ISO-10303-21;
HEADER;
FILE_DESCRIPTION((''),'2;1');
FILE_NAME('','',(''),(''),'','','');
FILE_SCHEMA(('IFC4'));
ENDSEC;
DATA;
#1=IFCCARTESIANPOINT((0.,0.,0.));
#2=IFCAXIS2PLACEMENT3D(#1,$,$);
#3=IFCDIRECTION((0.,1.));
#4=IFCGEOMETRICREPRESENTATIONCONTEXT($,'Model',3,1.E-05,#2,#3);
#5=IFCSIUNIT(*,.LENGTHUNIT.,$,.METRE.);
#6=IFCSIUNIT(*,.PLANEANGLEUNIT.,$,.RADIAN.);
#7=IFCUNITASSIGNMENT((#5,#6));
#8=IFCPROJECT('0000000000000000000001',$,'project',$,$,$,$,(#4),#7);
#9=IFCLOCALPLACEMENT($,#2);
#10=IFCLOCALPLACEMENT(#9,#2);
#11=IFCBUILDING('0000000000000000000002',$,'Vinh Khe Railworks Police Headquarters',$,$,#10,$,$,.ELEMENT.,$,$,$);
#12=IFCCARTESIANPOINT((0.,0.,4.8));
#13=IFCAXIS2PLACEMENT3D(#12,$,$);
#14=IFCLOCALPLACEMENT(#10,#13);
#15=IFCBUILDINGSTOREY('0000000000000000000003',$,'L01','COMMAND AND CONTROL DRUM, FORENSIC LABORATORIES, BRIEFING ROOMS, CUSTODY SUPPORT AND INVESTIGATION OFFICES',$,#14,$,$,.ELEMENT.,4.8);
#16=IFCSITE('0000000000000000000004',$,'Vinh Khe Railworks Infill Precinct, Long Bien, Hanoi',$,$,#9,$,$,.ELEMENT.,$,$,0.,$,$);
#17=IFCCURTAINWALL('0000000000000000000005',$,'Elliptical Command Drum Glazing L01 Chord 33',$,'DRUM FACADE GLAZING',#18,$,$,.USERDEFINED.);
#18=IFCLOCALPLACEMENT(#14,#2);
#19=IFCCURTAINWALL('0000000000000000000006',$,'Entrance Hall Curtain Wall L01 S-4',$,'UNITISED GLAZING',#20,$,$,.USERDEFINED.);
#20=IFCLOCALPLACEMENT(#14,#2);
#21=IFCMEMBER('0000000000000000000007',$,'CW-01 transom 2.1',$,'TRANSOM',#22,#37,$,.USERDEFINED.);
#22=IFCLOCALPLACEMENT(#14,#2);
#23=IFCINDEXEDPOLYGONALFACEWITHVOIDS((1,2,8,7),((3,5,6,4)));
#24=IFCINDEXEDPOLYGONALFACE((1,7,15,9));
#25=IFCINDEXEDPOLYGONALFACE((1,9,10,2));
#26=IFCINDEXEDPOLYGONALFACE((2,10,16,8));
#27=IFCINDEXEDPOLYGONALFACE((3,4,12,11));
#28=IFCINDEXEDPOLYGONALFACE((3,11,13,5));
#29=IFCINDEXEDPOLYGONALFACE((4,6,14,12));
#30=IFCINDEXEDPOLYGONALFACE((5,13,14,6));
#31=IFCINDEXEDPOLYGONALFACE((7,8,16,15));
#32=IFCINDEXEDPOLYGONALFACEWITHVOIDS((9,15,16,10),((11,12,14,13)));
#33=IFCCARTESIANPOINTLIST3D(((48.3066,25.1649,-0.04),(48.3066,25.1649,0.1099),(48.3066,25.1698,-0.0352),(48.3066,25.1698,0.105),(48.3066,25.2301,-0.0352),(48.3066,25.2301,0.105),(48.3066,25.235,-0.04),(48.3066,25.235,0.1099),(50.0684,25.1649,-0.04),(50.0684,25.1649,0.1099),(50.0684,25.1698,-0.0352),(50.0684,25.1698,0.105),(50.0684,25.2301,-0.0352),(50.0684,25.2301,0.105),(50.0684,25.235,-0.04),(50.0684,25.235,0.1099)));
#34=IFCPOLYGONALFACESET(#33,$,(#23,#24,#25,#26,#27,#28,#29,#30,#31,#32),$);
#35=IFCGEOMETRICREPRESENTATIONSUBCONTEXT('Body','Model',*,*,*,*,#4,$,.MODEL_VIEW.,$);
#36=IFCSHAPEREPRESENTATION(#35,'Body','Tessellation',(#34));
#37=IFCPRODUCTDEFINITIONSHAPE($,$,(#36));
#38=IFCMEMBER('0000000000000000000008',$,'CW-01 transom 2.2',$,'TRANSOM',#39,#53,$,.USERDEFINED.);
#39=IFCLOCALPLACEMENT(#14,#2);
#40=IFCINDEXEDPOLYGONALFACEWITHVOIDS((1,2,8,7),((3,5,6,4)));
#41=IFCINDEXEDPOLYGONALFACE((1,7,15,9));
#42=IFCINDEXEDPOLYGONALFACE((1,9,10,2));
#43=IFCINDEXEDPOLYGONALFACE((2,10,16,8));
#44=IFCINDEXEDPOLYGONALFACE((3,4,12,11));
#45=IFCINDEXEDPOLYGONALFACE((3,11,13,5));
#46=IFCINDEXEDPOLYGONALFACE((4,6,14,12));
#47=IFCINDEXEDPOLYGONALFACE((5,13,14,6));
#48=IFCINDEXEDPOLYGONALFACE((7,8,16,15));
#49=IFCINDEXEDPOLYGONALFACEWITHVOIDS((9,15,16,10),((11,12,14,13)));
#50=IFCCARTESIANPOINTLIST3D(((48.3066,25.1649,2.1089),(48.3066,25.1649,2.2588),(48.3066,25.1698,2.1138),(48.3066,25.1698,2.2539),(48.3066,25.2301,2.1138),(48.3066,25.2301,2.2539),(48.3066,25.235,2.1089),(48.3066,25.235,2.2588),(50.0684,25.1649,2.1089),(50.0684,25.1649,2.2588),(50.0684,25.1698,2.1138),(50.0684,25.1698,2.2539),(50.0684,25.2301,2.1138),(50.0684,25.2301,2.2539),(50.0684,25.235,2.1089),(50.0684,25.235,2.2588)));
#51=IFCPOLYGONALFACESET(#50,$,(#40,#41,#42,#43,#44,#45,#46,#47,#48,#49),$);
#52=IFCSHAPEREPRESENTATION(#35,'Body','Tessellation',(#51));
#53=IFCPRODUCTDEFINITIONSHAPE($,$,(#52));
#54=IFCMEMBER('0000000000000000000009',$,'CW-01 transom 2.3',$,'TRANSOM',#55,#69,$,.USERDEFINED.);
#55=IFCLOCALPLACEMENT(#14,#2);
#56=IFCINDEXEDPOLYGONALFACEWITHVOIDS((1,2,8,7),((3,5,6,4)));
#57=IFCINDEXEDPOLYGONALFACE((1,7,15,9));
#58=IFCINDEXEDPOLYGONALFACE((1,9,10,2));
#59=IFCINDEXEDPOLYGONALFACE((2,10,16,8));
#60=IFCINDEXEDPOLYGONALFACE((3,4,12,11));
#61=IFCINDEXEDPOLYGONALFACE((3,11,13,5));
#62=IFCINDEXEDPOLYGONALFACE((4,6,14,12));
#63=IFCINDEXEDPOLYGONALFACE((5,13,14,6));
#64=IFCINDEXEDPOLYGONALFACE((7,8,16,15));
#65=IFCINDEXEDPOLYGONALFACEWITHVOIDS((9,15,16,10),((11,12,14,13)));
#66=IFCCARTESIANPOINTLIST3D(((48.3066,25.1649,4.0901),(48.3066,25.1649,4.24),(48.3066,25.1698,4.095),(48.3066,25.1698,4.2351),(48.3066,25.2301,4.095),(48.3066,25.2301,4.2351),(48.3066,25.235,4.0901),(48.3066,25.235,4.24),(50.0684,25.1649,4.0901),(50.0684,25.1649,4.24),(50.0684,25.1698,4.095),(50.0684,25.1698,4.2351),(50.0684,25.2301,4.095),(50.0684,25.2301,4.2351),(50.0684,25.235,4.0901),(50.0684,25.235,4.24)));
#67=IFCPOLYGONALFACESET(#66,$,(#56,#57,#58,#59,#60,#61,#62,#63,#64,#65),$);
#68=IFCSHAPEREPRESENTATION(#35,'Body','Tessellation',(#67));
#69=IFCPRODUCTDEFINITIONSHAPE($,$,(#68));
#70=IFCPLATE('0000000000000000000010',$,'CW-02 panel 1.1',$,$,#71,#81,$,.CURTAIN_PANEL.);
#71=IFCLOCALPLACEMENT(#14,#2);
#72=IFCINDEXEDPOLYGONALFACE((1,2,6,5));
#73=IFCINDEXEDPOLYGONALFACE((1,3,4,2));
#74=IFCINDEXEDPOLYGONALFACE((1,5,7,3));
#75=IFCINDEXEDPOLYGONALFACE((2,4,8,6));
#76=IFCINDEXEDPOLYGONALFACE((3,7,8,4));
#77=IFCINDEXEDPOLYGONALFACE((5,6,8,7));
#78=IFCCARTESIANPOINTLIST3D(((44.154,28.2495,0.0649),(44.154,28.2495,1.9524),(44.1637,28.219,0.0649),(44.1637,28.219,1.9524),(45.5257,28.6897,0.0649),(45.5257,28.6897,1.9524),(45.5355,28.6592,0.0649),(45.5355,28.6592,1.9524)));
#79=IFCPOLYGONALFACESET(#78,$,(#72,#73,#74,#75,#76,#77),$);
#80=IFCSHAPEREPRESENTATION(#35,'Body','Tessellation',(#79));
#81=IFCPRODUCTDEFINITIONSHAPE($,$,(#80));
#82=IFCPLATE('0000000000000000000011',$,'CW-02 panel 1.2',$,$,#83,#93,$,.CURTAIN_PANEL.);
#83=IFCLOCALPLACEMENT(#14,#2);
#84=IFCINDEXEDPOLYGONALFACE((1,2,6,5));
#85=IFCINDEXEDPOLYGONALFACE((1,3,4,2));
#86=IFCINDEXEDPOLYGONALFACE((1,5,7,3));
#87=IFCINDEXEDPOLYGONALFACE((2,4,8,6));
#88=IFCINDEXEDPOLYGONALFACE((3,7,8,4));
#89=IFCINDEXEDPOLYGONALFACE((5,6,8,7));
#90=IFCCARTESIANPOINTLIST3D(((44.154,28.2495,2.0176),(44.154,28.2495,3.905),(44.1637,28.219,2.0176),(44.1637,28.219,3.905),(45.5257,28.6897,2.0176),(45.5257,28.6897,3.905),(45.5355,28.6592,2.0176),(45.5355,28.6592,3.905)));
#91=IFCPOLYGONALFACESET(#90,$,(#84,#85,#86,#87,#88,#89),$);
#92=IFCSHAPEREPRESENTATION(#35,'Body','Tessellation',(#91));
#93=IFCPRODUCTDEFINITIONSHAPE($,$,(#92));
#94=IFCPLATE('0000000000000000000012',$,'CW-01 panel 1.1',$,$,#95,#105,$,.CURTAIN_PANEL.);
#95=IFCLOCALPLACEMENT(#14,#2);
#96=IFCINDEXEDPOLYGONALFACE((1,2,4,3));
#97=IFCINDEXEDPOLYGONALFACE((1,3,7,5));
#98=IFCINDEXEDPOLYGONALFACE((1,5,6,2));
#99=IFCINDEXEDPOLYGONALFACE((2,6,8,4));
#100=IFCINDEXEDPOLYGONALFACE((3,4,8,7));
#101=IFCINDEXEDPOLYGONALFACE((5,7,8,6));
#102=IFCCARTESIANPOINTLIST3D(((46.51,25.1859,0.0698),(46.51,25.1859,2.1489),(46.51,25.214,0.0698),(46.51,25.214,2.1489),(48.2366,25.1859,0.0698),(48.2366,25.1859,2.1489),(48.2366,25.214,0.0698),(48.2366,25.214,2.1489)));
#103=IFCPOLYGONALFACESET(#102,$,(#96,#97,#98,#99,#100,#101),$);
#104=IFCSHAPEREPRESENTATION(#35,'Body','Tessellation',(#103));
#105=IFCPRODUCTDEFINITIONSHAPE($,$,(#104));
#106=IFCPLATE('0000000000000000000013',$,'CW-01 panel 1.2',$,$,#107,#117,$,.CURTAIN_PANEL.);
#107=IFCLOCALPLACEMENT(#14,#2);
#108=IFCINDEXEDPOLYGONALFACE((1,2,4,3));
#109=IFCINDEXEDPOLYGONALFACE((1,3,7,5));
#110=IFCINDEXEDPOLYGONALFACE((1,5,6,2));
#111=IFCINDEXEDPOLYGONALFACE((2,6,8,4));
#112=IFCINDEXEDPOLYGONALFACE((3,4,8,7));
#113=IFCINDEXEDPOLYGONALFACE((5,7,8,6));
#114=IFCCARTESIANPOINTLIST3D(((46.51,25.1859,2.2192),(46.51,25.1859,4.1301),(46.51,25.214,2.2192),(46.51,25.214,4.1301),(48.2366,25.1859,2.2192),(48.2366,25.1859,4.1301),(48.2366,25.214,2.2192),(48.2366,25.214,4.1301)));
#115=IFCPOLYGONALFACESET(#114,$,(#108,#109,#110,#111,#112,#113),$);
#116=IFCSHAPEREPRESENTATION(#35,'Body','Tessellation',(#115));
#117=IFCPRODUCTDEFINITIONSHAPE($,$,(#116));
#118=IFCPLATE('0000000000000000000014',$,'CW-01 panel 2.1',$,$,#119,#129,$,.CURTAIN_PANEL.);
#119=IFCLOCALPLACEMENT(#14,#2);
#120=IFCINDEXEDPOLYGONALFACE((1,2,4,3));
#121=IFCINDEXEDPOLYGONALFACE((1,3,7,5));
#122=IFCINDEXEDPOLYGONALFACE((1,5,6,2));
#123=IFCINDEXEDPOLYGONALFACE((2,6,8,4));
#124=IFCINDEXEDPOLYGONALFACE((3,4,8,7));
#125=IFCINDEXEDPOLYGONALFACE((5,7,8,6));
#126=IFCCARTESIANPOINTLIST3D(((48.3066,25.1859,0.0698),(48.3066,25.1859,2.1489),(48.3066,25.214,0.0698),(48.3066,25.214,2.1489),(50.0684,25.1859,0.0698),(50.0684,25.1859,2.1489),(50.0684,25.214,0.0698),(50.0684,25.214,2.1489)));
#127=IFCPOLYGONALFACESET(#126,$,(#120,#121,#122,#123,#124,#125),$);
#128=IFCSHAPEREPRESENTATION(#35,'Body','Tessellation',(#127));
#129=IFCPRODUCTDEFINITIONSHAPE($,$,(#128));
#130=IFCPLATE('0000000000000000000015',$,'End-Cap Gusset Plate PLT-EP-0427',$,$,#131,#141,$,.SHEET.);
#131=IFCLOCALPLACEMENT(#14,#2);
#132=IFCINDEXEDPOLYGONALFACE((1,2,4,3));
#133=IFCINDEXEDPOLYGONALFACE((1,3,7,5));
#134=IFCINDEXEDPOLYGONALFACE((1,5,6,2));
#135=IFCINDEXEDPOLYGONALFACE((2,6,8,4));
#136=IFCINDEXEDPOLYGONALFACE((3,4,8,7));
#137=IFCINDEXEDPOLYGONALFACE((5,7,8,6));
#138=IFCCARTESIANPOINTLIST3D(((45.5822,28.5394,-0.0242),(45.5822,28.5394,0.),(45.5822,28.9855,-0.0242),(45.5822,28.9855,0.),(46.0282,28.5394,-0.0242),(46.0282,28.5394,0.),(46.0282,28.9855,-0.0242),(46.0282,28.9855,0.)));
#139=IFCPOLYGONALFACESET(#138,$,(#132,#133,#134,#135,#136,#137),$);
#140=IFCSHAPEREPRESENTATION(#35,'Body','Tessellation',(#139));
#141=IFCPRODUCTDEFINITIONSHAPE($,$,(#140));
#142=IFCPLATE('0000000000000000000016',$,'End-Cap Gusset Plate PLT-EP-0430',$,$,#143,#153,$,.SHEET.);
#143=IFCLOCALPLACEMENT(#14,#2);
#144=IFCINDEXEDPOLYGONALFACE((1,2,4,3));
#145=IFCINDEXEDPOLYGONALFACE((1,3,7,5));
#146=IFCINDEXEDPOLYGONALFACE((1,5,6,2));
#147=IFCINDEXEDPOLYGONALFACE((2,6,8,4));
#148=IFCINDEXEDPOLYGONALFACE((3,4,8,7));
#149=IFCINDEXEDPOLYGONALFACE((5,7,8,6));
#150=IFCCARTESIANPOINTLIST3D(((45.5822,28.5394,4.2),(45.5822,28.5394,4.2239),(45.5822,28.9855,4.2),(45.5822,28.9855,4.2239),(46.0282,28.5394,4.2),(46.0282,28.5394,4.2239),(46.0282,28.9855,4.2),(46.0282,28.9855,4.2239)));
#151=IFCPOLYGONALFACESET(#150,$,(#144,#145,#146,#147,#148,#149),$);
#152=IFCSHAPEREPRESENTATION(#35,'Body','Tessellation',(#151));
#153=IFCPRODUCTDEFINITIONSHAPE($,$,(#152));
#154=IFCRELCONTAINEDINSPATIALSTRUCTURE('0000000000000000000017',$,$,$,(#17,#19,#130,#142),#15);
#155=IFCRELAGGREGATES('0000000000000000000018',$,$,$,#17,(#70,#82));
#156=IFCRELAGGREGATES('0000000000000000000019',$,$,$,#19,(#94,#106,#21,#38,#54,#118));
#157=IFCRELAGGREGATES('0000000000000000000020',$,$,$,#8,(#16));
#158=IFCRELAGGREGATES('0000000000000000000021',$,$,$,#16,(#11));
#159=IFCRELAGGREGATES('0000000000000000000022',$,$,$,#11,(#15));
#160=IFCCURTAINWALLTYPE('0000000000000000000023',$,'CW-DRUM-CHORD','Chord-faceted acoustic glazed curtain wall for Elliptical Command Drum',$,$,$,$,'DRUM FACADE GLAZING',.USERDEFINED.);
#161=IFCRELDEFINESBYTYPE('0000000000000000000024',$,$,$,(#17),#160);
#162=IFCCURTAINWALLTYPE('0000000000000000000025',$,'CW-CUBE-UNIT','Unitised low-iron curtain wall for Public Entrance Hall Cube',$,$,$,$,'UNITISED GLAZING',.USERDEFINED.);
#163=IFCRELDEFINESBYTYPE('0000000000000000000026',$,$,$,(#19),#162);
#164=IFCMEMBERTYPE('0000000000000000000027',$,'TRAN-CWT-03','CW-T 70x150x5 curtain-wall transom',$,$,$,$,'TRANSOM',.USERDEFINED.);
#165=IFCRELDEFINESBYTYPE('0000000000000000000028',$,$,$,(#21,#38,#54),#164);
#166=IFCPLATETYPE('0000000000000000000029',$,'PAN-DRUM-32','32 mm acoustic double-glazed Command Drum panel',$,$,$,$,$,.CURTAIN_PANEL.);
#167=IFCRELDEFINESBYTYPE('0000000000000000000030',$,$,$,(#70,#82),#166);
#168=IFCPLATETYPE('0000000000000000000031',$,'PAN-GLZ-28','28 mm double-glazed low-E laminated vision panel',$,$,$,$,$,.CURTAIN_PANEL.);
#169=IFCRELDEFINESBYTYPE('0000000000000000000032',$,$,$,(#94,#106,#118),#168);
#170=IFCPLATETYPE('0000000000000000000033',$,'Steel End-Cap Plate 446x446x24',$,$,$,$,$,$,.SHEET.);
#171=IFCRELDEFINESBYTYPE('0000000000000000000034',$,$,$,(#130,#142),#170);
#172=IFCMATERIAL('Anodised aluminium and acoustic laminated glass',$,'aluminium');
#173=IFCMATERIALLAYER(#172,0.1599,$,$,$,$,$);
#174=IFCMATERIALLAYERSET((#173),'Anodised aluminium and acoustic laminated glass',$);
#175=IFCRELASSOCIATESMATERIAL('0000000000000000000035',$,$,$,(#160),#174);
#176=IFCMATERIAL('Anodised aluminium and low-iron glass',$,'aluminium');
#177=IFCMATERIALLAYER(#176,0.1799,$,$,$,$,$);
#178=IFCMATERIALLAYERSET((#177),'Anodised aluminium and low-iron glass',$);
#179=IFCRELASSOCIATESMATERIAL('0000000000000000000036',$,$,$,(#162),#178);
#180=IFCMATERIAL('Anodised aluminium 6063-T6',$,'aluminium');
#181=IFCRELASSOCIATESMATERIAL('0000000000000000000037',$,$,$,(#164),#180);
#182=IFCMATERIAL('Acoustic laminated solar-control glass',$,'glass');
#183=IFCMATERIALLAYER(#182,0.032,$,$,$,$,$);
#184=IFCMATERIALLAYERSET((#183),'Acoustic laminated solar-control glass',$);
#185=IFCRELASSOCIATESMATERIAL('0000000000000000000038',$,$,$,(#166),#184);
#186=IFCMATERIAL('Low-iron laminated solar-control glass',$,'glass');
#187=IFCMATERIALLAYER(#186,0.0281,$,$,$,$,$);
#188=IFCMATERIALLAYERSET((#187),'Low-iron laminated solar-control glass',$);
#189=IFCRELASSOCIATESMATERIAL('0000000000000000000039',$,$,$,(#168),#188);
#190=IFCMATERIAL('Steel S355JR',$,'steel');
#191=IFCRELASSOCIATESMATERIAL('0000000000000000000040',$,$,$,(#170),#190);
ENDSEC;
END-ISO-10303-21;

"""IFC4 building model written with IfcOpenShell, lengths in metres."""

from ifc_helpers import new_model, si_unit, direction, frame, origin, origin_2d, place, context, subcontext, project, spatial, rectangle, hollow_rectangle, extrude, material, layer, layer_set, material_profile, profile_set, type_object, element, aggregate, save


model = new_model("IFC4")

# Units and contexts
model_context = context("Model", 3, precision=1e-05, world=origin(), true_north=direction((0.0, 1.0)))
body_context = subcontext(model_context, "Body", "Model", "MODEL_VIEW")
ifc_project = project(units=[si_unit("LENGTHUNIT", "METRE"), si_unit("PLANEANGLEUNIT", "RADIAN")], contexts=[model_context])

# Site, building, storey
site_placement = place(None, origin())
site = spatial("IfcSite", under=ifc_project, at=site_placement, Name="Vinh Khe Railworks Infill Precinct, Long Bien, Hanoi", CompositionType="ELEMENT", RefElevation=0.0)
building_placement = place(site_placement, origin())
building = spatial("IfcBuilding", under=site, at=building_placement, Name="Vinh Khe Railworks Police Headquarters", CompositionType="ELEMENT")
storey_placement = place(building_placement, frame((0.0, 0.0, 4.8)))
storey = spatial("IfcBuildingStorey", under=building, at=storey_placement, Name="L01", Description="COMMAND AND CONTROL DRUM, FORENSIC LABORATORIES, BRIEFING ROOMS, CUSTODY SUPPORT AND INVESTIGATION OFFICES", CompositionType="ELEMENT", Elevation=4.8)

# Shared definitions
ifc_material_1 = material(Name="Steel S355JR", Category="steel")

# Curtain wall
ifc_material_2 = material(Name="Anodised aluminium and acoustic laminated glass", Category="aluminium")
ifc_layer_1 = layer(ifc_material_2, 0.1599)
ifc_layer_set_1 = layer_set([ifc_layer_1], Name="Anodised aluminium and acoustic laminated glass")
curtain_wall_type_1 = type_object("IfcCurtainWallType", Name="CW-DRUM-CHORD", Description="Chord-faceted acoustic glazed curtain wall for Elliptical Command Drum", ElementType="DRUM FACADE GLAZING", PredefinedType="USERDEFINED", material=ifc_layer_set_1)
curtain_wall_1_placement = place(storey_placement, origin())
curtain_wall_1 = element("IfcCurtainWall", 1, at=curtain_wall_1_placement, inside=storey, type_object=curtain_wall_type_1, Name="Elliptical Command Drum Glazing L01 Chord 33", ObjectType="DRUM FACADE GLAZING", PredefinedType="USERDEFINED")
ifc_material_3 = material(Name="Anodised aluminium 6063-T6", Category="aluminium")

# Curtain wall
ifc_material_4 = material(Name="Anodised aluminium and low-iron glass", Category="aluminium")
ifc_layer_2 = layer(ifc_material_4, 0.1799)
ifc_layer_set_2 = layer_set([ifc_layer_2], Name="Anodised aluminium and low-iron glass")
curtain_wall_type_2 = type_object("IfcCurtainWallType", Name="CW-CUBE-UNIT", Description="Unitised low-iron curtain wall for Public Entrance Hall Cube", ElementType="UNITISED GLAZING", PredefinedType="USERDEFINED", material=ifc_layer_set_2)
curtain_wall_2_placement = place(storey_placement, origin())
curtain_wall_2 = element("IfcCurtainWall", 2, at=curtain_wall_2_placement, inside=storey, type_object=curtain_wall_type_2, Name="Entrance Hall Curtain Wall L01 S-4", ObjectType="UNITISED GLAZING", PredefinedType="USERDEFINED")

# Members
ifc_material_profile_1 = material_profile(ifc_material_3, hollow_rectangle(XDim=0.0701, YDim=0.1499, WallThickness=0.0049, at=origin_2d()), Name="CW-T 70x150x5")
ifc_profile_set_1 = profile_set([ifc_material_profile_1], Name="Anodised aluminium 6063-T6")
member_type_1 = type_object("IfcMemberType", Name="TRAN-CWT-03", Description="CW-T 70x150x5 curtain-wall transom", ElementType="TRANSOM", PredefinedType="USERDEFINED", material=ifc_profile_set_1)
member_1_placement = place(storey_placement, frame((48.3066, 25.2, 0.0349), z_axis=(1.0, 0.0, 0.0), x_axis=(0.0, 1.0, 0.0)))
member_1 = element("IfcMember", 3, at=member_1_placement, type_object=member_type_1, Name="CW-01 transom 2.1", ObjectType="TRANSOM", PredefinedType="USERDEFINED", context=body_context, shape_type="SweptSolid", body=[
    extrude(hollow_rectangle(XDim=0.0701, YDim=0.1499, WallThickness=0.0049, at=origin_2d()), origin(), (0.0, 0.0, 1.0), 1.7617),
])
member_2_placement = place(storey_placement, frame((48.3066, 25.2, 2.1838), z_axis=(1.0, 0.0, 0.0), x_axis=(0.0, 1.0, 0.0)))
member_2 = element("IfcMember", 4, at=member_2_placement, type_object=member_type_1, Name="CW-01 transom 2.2", ObjectType="TRANSOM", PredefinedType="USERDEFINED", context=body_context, shape_type="SweptSolid", body=[
    extrude(hollow_rectangle(XDim=0.0701, YDim=0.1499, WallThickness=0.0049, at=origin_2d()), origin(), (0.0, 0.0, 1.0), 1.7617),
])
member_3_placement = place(storey_placement, frame((48.3066, 25.2, 4.165), z_axis=(1.0, 0.0, 0.0), x_axis=(0.0, 1.0, 0.0)))
member_3 = element("IfcMember", 5, at=member_3_placement, type_object=member_type_1, Name="CW-01 transom 2.3", ObjectType="TRANSOM", PredefinedType="USERDEFINED", context=body_context, shape_type="SweptSolid", body=[
    extrude(hollow_rectangle(XDim=0.0701, YDim=0.1499, WallThickness=0.0049, at=origin_2d()), origin(), (0.0, 0.0, 1.0), 1.7617),
])

# Plates
ifc_material_5 = material(Name="Acoustic laminated solar-control glass", Category="glass")
ifc_layer_3 = layer(ifc_material_5, 0.032)
ifc_layer_set_3 = layer_set([ifc_layer_3], Name="Acoustic laminated solar-control glass")
plate_type_1 = type_object("IfcPlateType", Name="PAN-DRUM-32", Description="32 mm acoustic double-glazed Command Drum panel", PredefinedType="CURTAIN_PANEL", material=ifc_layer_set_3)
plate_1_placement = place(storey_placement, frame((44.8447, 28.4543, 0.0649), z_axis=(0.0, 0.0, 1.0), x_axis=(0.952168, 0.305575, 0.0)))
plate_1 = element("IfcPlate", 6, at=plate_1_placement, type_object=plate_type_1, Name="CW-02 panel 1.1", PredefinedType="CURTAIN_PANEL", context=body_context, shape_type="SweptSolid", body=[
    extrude(rectangle(XDim=1.4407, YDim=0.032, at=origin_2d()), origin(), (0.0, 0.0, 1.0), 1.8875),
])
plate_2_placement = place(storey_placement, frame((44.8447, 28.4543, 2.0176), z_axis=(0.0, 0.0, 1.0), x_axis=(0.952168, 0.305575, 0.0)))
plate_2 = element("IfcPlate", 7, at=plate_2_placement, type_object=plate_type_1, Name="CW-02 panel 1.2", PredefinedType="CURTAIN_PANEL", context=body_context, shape_type="SweptSolid", body=[
    extrude(rectangle(XDim=1.4407, YDim=0.032, at=origin_2d()), origin(), (0.0, 0.0, 1.0), 1.8875),
])
aggregate(curtain_wall_1, [plate_1, plate_2])
ifc_material_6 = material(Name="Low-iron laminated solar-control glass", Category="glass")
ifc_layer_4 = layer(ifc_material_6, 0.0281)
ifc_layer_set_4 = layer_set([ifc_layer_4], Name="Low-iron laminated solar-control glass")
plate_type_2 = type_object("IfcPlateType", Name="PAN-GLZ-28", Description="28 mm double-glazed low-E laminated vision panel", PredefinedType="CURTAIN_PANEL", material=ifc_layer_set_4)
plate_3_placement = place(storey_placement, frame((47.3733, 25.2, 0.0698), z_axis=(0.0, 0.0, 1.0), x_axis=(1.0, 0.0, 0.0)))
plate_3 = element("IfcPlate", 8, at=plate_3_placement, type_object=plate_type_2, Name="CW-01 panel 1.1", PredefinedType="CURTAIN_PANEL", context=body_context, shape_type="SweptSolid", body=[
    extrude(rectangle(XDim=1.7266, YDim=0.0281, at=origin_2d()), origin(), (0.0, 0.0, 1.0), 2.0791),
])
plate_4_placement = place(storey_placement, frame((47.3733, 25.2, 2.2192), z_axis=(0.0, 0.0, 1.0), x_axis=(1.0, 0.0, 0.0)))
plate_4 = element("IfcPlate", 9, at=plate_4_placement, type_object=plate_type_2, Name="CW-01 panel 1.2", PredefinedType="CURTAIN_PANEL", context=body_context, shape_type="SweptSolid", body=[
    extrude(rectangle(XDim=1.7266, YDim=0.0281, at=origin_2d()), origin(), (0.0, 0.0, 1.0), 1.9109),
])
plate_5_placement = place(storey_placement, frame((49.1875, 25.2, 0.0698), z_axis=(0.0, 0.0, 1.0), x_axis=(1.0, 0.0, 0.0)))
plate_5 = element("IfcPlate", 10, at=plate_5_placement, type_object=plate_type_2, Name="CW-01 panel 2.1", PredefinedType="CURTAIN_PANEL", context=body_context, shape_type="SweptSolid", body=[
    extrude(rectangle(XDim=1.7617, YDim=0.0281, at=origin_2d()), origin(), (0.0, 0.0, 1.0), 2.0791),
])
aggregate(curtain_wall_2, [plate_3, plate_4, member_1, member_2, member_3, plate_5])

# Plates
ifc_material_profile_2 = material_profile(ifc_material_1, rectangle(XDim=0.446, YDim=0.446, at=origin_2d()), Name="PL 446x446")
ifc_profile_set_2 = profile_set([ifc_material_profile_2], Name="Steel S355JR")
plate_type_3 = type_object("IfcPlateType", Name="Steel End-Cap Plate 446x446x24", PredefinedType="SHEET", material=ifc_profile_set_2)
plate_6_placement = place(storey_placement, frame((45.8052, 28.7625, 0.0), z_axis=(0.0, 0.0, -1.0), x_axis=(1.0, 0.0, 0.0)))
element("IfcPlate", 11, at=plate_6_placement, inside=storey, type_object=plate_type_3, Name="End-Cap Gusset Plate PLT-EP-0427", PredefinedType="SHEET", context=body_context, shape_type="SweptSolid", body=[
    extrude(rectangle(XDim=0.446, YDim=0.446, at=origin_2d()), origin(), (0.0, 0.0, 1.0), 0.0242),
])
plate_7_placement = place(storey_placement, frame((45.8052, 28.7625, 4.2), z_axis=(0.0, 0.0, 1.0), x_axis=(1.0, 0.0, 0.0)))
element("IfcPlate", 12, at=plate_7_placement, inside=storey, type_object=plate_type_3, Name="End-Cap Gusset Plate PLT-EP-0430", PredefinedType="SHEET", context=body_context, shape_type="SweptSolid", body=[
    extrude(rectangle(XDim=0.446, YDim=0.446, at=origin_2d()), origin(), (0.0, 0.0, 1.0), 0.0239),
])

save(model, "model.ifc")
